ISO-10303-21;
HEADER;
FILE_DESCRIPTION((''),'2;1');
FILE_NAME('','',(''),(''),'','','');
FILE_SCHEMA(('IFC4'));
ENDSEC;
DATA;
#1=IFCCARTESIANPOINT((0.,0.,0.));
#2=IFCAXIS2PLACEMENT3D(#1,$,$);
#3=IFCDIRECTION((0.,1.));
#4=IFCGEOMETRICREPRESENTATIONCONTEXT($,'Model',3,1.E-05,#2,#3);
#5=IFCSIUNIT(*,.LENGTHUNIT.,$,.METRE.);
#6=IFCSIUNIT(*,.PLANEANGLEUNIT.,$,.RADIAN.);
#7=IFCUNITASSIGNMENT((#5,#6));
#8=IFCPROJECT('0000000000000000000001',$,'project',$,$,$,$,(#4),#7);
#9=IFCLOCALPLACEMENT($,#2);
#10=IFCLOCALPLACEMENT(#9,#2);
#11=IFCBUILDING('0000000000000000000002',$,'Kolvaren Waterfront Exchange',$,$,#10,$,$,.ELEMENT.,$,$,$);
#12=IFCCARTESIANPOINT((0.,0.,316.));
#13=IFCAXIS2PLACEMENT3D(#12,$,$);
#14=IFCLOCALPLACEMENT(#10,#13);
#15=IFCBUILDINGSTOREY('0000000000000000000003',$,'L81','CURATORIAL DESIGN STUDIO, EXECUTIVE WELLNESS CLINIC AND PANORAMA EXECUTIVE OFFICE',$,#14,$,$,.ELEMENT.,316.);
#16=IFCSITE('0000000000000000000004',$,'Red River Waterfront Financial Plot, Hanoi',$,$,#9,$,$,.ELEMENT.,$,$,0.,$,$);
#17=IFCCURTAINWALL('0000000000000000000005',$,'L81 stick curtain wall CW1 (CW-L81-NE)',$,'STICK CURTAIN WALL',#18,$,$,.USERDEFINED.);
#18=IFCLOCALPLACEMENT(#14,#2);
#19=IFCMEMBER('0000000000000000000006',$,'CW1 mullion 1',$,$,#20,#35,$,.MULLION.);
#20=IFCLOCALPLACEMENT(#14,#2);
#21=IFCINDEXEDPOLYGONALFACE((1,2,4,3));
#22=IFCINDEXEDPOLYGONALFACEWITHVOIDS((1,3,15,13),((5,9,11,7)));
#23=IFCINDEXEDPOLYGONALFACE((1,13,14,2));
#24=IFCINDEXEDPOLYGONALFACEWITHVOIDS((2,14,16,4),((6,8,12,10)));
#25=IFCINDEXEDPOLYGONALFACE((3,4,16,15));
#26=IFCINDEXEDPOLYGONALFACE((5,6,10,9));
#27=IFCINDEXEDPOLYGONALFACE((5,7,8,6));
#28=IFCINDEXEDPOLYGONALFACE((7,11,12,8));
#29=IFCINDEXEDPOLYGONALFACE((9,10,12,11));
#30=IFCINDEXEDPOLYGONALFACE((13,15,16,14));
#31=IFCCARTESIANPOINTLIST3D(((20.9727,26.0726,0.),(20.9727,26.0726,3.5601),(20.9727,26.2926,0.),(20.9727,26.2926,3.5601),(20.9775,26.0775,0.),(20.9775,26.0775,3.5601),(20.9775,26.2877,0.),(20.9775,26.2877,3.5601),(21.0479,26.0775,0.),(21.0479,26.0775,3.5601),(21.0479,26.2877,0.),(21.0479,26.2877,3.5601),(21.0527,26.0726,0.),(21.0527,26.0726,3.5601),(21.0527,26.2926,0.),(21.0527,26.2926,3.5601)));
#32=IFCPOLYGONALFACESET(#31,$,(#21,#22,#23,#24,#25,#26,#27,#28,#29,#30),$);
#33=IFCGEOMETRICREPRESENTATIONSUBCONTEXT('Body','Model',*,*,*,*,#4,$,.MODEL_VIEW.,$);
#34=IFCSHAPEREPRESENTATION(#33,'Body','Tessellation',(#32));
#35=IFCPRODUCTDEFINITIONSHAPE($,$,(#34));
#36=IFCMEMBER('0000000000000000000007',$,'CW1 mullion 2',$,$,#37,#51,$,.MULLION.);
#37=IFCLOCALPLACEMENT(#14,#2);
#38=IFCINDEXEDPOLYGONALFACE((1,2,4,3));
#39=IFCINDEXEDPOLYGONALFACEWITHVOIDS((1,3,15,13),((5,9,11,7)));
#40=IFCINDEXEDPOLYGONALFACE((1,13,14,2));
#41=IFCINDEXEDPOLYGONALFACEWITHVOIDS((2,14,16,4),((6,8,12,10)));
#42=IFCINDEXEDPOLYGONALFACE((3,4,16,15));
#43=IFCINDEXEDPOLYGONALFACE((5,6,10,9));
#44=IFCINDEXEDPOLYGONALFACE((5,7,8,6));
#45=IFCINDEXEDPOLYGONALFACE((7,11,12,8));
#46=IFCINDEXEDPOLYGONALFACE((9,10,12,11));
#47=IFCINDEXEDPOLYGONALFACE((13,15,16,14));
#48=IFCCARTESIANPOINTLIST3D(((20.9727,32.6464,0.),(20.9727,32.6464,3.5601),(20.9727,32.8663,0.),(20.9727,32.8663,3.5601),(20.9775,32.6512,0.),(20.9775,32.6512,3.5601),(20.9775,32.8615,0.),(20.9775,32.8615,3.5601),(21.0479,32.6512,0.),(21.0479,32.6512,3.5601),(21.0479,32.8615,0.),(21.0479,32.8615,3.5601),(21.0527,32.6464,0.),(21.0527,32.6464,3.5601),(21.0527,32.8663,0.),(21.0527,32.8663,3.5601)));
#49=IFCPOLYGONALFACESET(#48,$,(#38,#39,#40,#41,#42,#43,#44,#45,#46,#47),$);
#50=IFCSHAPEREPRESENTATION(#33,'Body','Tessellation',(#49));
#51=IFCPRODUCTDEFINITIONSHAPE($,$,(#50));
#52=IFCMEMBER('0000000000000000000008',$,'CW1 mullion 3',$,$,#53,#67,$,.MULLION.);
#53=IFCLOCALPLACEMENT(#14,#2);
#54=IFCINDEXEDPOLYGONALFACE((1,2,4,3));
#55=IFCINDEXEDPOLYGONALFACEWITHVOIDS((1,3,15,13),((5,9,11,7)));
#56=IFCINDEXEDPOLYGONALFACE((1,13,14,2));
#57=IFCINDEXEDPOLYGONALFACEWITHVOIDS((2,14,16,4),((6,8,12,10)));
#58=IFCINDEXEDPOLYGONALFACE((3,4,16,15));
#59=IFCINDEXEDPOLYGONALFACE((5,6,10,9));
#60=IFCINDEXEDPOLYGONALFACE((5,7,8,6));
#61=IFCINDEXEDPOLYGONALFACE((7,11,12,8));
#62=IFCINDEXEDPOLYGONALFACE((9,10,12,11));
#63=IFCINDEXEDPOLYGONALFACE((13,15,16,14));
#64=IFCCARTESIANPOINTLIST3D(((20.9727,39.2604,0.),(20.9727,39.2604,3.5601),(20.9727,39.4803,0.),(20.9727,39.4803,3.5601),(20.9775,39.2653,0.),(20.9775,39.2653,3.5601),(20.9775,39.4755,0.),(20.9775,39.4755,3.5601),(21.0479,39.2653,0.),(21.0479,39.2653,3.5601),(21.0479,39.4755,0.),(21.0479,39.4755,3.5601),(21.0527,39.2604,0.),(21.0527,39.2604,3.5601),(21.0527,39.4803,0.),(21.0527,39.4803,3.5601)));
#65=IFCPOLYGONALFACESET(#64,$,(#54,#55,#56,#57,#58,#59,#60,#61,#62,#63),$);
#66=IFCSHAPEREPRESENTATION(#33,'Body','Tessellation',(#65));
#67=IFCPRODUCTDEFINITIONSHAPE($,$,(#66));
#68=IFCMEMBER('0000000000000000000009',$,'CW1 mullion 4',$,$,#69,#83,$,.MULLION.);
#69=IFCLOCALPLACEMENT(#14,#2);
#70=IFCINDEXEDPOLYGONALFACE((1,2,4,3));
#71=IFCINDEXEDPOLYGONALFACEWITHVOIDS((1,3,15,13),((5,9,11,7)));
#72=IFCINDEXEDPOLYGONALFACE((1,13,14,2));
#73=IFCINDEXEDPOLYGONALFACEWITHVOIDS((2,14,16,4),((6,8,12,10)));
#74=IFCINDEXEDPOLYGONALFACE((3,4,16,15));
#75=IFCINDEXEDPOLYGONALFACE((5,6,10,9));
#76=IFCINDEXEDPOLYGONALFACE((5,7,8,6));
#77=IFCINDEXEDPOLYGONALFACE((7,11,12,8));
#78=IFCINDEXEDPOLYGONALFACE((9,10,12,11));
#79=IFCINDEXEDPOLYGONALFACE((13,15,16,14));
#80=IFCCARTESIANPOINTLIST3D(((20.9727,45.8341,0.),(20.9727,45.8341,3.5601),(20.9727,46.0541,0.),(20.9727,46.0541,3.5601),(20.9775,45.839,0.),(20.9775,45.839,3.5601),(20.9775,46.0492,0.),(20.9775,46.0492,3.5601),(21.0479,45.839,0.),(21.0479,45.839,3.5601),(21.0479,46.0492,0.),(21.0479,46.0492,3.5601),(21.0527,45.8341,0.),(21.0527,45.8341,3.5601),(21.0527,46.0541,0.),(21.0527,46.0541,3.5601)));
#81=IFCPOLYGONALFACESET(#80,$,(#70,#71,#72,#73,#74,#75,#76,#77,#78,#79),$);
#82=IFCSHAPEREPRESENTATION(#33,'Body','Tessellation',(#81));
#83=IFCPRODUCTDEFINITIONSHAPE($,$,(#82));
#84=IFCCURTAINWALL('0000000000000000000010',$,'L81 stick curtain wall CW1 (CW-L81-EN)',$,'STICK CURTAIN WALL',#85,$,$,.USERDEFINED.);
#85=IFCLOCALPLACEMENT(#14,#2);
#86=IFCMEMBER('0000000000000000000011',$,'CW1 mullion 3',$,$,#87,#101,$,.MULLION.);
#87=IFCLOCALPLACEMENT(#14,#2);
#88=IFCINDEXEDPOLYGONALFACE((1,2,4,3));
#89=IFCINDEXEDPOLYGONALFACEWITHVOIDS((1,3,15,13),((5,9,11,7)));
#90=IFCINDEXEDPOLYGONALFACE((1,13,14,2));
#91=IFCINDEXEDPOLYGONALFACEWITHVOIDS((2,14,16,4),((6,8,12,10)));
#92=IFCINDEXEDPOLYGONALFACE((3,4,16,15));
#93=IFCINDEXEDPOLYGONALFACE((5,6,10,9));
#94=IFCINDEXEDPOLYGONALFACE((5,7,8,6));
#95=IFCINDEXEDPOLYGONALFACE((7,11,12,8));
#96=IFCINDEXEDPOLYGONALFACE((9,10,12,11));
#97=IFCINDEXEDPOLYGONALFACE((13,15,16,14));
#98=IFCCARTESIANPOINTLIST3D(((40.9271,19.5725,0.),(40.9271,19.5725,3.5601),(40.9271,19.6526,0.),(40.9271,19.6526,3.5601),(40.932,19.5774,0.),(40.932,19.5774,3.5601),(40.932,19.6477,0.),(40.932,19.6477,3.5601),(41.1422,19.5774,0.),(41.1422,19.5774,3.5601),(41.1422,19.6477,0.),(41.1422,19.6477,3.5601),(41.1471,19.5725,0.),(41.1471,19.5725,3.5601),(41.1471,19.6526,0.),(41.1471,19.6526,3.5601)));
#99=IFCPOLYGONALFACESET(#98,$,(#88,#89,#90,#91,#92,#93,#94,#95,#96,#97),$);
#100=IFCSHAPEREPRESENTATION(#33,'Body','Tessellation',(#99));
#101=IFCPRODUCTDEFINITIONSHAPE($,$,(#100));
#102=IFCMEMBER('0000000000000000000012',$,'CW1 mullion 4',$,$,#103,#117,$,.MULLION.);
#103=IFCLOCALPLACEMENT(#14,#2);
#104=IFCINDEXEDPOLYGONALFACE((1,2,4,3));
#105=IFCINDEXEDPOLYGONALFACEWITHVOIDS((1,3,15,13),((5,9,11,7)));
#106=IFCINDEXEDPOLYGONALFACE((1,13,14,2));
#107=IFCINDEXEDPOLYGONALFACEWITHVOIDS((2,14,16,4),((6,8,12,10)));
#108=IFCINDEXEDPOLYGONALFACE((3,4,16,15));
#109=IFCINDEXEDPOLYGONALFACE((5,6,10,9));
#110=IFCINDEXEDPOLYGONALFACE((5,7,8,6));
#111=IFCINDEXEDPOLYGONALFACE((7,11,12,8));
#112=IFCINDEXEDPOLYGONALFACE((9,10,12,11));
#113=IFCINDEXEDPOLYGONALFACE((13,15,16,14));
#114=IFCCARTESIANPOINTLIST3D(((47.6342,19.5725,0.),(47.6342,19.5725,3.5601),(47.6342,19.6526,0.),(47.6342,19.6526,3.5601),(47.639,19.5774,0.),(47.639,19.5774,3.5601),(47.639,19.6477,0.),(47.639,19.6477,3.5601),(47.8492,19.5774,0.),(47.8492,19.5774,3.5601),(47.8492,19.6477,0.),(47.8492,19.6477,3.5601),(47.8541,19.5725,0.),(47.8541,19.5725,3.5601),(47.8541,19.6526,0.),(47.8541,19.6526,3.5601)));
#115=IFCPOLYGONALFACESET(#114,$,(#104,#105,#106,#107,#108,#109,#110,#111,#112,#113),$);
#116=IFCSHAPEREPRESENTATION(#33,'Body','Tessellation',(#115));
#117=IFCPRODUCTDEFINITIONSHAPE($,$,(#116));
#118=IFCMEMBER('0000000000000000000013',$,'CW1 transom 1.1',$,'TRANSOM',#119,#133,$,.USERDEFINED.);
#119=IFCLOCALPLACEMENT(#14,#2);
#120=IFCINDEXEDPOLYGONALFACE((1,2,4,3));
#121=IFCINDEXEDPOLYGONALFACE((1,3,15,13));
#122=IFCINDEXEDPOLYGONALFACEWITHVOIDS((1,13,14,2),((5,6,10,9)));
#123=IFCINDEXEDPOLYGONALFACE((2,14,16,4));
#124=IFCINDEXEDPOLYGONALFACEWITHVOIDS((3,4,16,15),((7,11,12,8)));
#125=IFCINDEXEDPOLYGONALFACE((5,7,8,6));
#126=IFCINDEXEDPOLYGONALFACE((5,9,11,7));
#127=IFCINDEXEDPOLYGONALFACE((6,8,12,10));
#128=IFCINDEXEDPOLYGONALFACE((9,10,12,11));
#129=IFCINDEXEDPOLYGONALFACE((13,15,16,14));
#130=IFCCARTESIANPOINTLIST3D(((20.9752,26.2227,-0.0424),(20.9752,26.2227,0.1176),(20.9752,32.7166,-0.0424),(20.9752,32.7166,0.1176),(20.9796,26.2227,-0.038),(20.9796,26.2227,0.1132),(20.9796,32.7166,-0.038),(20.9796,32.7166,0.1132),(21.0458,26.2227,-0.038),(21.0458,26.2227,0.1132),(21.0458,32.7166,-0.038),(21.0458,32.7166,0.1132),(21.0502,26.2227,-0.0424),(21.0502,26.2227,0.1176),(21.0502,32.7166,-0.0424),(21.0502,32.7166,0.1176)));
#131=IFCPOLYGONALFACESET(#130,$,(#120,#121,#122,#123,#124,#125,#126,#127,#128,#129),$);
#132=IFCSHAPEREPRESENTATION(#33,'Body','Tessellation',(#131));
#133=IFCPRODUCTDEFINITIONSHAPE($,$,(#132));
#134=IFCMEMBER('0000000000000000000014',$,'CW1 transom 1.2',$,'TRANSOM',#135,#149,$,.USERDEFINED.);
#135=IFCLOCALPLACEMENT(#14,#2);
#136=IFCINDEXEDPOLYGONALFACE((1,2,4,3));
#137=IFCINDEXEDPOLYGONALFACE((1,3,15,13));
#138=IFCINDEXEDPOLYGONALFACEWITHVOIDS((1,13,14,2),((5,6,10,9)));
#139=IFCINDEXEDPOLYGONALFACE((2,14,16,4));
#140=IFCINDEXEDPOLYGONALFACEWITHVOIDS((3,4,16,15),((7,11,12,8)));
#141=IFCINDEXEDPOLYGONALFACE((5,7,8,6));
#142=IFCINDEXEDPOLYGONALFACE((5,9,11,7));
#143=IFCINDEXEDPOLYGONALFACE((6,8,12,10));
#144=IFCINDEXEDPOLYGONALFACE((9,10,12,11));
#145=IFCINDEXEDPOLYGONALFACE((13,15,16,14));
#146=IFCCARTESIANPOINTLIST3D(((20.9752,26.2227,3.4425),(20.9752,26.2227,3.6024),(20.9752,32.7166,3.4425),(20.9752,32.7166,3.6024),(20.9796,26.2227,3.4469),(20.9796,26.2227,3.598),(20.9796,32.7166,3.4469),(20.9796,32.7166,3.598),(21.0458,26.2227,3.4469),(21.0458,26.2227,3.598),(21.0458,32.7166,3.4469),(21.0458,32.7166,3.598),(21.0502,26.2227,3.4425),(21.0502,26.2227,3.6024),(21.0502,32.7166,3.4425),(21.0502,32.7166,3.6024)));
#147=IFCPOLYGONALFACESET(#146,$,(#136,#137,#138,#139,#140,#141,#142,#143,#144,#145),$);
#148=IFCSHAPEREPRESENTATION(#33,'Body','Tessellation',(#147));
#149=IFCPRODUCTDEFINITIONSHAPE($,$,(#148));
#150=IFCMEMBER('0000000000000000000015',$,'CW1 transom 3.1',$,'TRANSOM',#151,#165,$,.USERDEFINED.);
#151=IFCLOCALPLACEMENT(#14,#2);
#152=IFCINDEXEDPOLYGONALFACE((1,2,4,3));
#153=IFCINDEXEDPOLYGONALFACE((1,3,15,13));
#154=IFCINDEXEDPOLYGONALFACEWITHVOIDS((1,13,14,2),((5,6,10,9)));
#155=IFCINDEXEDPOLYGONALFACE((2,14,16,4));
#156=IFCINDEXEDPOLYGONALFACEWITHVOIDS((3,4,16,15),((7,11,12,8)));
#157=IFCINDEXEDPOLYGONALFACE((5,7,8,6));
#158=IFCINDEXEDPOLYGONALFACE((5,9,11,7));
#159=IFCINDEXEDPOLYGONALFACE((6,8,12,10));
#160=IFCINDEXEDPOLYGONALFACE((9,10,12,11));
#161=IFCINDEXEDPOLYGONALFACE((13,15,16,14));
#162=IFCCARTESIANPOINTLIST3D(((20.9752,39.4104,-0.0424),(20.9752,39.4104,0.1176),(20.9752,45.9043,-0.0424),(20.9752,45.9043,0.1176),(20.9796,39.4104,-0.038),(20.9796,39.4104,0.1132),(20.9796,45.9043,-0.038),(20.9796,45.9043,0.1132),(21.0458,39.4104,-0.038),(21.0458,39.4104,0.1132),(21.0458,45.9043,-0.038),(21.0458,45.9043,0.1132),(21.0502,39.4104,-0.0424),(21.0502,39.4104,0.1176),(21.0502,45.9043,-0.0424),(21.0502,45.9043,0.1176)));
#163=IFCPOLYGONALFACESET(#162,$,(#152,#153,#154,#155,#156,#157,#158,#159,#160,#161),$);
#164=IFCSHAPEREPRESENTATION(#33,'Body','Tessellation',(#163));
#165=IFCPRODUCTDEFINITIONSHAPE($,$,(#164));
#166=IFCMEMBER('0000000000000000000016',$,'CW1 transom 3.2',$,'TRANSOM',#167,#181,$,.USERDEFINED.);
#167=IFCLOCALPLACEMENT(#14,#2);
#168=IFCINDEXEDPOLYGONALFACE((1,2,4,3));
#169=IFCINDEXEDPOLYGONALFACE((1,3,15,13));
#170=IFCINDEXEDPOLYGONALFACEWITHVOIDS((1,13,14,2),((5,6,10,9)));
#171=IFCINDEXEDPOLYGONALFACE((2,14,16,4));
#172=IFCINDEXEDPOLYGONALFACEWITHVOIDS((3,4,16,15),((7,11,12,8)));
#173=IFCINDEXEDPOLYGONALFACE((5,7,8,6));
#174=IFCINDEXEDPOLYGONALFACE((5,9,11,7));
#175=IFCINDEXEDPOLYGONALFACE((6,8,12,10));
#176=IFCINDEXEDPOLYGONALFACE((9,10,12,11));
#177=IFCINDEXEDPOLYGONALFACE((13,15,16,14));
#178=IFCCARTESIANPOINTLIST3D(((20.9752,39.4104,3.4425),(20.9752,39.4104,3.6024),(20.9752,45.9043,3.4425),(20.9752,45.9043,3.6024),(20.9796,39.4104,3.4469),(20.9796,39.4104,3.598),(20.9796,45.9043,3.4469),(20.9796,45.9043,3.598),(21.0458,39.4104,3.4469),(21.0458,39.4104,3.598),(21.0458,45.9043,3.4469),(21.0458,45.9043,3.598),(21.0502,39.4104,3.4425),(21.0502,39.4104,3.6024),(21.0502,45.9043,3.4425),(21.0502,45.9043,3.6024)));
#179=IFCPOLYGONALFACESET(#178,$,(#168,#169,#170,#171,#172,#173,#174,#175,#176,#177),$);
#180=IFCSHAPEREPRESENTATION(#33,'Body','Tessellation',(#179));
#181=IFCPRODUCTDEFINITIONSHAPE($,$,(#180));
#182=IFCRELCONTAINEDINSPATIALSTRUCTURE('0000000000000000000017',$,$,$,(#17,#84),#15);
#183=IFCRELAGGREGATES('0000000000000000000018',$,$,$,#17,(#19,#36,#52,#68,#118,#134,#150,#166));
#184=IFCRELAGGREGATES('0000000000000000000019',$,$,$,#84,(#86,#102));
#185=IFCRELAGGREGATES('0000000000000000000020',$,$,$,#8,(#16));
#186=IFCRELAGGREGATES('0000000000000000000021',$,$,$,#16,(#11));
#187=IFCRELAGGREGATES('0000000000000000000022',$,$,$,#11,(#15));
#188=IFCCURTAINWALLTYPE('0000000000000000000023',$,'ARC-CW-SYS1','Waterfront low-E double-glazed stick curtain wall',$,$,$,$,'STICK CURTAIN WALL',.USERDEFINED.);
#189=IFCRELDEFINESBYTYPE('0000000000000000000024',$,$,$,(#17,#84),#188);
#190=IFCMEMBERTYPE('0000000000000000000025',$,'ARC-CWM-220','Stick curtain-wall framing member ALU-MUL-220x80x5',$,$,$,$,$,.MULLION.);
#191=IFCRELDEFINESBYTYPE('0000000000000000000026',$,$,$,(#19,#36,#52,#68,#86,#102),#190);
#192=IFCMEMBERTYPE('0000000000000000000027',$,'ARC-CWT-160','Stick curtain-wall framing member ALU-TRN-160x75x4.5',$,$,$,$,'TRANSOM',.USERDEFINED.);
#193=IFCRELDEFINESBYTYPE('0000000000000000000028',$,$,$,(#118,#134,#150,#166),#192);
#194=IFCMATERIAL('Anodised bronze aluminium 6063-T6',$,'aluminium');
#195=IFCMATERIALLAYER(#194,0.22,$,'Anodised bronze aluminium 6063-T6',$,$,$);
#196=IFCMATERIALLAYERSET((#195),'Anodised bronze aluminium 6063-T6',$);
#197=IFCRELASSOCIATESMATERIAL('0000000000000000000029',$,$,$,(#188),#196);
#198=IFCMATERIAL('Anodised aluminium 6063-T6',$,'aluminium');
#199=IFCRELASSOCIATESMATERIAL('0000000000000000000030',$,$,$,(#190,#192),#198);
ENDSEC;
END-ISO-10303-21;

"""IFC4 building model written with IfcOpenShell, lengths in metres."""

from ifc_helpers import new_model, si_unit, direction, frame, origin, origin_with_axes, origin_2d, place, context, subcontext, project, spatial, hollow_rectangle, extrude, source, transform, mapped, material, layer, layer_set, material_profile, profile_set, type_object, element, aggregate, save


model = new_model("IFC4")

# Units and contexts
model_context = context("Model", 3, precision=1e-05, world=origin(), true_north=direction((0.0, 1.0)))
body_context = subcontext(model_context, "Body", "Model", "MODEL_VIEW")
ifc_project = project(units=[si_unit("LENGTHUNIT", "METRE"), si_unit("PLANEANGLEUNIT", "RADIAN")], contexts=[model_context])

# Site, building, storey
site_placement = place(None, origin())
site = spatial("IfcSite", under=ifc_project, at=site_placement, Name="Red River Waterfront Financial Plot, Hanoi", CompositionType="ELEMENT", RefElevation=0.0)
building_placement = place(site_placement, origin())
building = spatial("IfcBuilding", under=site, at=building_placement, Name="Kolvaren Waterfront Exchange", CompositionType="ELEMENT")
storey_placement = place(building_placement, frame((0.0, 0.0, 316.0)))
storey = spatial("IfcBuildingStorey", under=building, at=storey_placement, Name="L81", Description="CURATORIAL DESIGN STUDIO, EXECUTIVE WELLNESS CLINIC AND PANORAMA EXECUTIVE OFFICE", CompositionType="ELEMENT", Elevation=316.0)

# Curtain walls, members
ifc_material_1 = material(Name="Anodised bronze aluminium 6063-T6", Category="aluminium")
ifc_layer_1 = layer(ifc_material_1, 0.22, Name="Anodised bronze aluminium 6063-T6")
ifc_layer_set_1 = layer_set([ifc_layer_1], Name="Anodised bronze aluminium 6063-T6")
curtain_wall_type = type_object("IfcCurtainWallType", Name="ARC-CW-SYS1", Description="Waterfront low-E double-glazed stick curtain wall", ElementType="STICK CURTAIN WALL", PredefinedType="USERDEFINED", material=ifc_layer_set_1)
curtain_wall_1_placement = place(storey_placement, origin())
curtain_wall_1 = element("IfcCurtainWall", 1, at=curtain_wall_1_placement, inside=storey, type_object=curtain_wall_type, Name="L81 stick curtain wall CW1 (CW-L81-NE)", ObjectType="STICK CURTAIN WALL", PredefinedType="USERDEFINED")
ifc_material_2 = material(Name="Anodised aluminium 6063-T6", Category="aluminium")
ifc_material_profile_1 = material_profile(ifc_material_2, hollow_rectangle(XDim=0.0801, YDim=0.22, WallThickness=0.0049, at=origin_2d()), Name="ALU-MUL-220x80x5")
ifc_profile_set_1 = profile_set([ifc_material_profile_1], Name="Anodised aluminium 6063-T6")
member_type_1 = type_object("IfcMemberType", Name="ARC-CWM-220", Description="Stick curtain-wall framing member ALU-MUL-220x80x5", PredefinedType="MULLION", material=ifc_profile_set_1)
shared_shape_1 = source(origin_with_axes(), body_context, "Body", "SweptSolid", [
    extrude(hollow_rectangle(XDim=0.0801, YDim=0.22, WallThickness=0.0049, at=origin_2d()), origin(), (0.0, 0.0, 1.0), 3.5601),
])
member_1_placement = place(storey_placement, frame((21.0127, 26.1826, 0.0), z_axis=(0.0, 0.0, 1.0), x_axis=(-1.0, 0.0, 0.0)))
member_1 = element("IfcMember", 2, at=member_1_placement, type_object=member_type_1, Name="CW1 mullion 1", PredefinedType="MULLION", context=body_context, shape_type="MappedRepresentation", body=[
    mapped(shared_shape_1, transform((0.0, 0.0, 0.0), x_axis=(1.0, 0.0, 0.0), y_axis=(0.0, 1.0, 0.0), z_axis=(0.0, 0.0, 1.0), scale=1.0)),
])
member_2_placement = place(storey_placement, frame((21.0127, 32.7563, 0.0), z_axis=(0.0, 0.0, 1.0), x_axis=(-1.0, 0.0, 0.0)))
member_2 = element("IfcMember", 3, at=member_2_placement, type_object=member_type_1, Name="CW1 mullion 2", PredefinedType="MULLION", context=body_context, shape_type="MappedRepresentation", body=[
    mapped(shared_shape_1, transform((0.0, 0.0, 0.0), x_axis=(1.0, 0.0, 0.0), y_axis=(0.0, 1.0, 0.0), z_axis=(0.0, 0.0, 1.0), scale=1.0)),
])
member_3_placement = place(storey_placement, frame((21.0127, 39.3704, 0.0), z_axis=(0.0, 0.0, 1.0), x_axis=(-1.0, 0.0, 0.0)))
member_3 = element("IfcMember", 4, at=member_3_placement, type_object=member_type_1, Name="CW1 mullion 3", PredefinedType="MULLION", context=body_context, shape_type="MappedRepresentation", body=[
    mapped(shared_shape_1, transform((0.0, 0.0, 0.0), x_axis=(1.0, 0.0, 0.0), y_axis=(0.0, 1.0, 0.0), z_axis=(0.0, 0.0, 1.0), scale=1.0)),
])
member_4_placement = place(storey_placement, frame((21.0127, 45.9441, 0.0), z_axis=(0.0, 0.0, 1.0), x_axis=(-1.0, 0.0, 0.0)))
member_4 = element("IfcMember", 5, at=member_4_placement, type_object=member_type_1, Name="CW1 mullion 4", PredefinedType="MULLION", context=body_context, shape_type="MappedRepresentation", body=[
    mapped(shared_shape_1, transform((0.0, 0.0, 0.0), x_axis=(1.0, 0.0, 0.0), y_axis=(0.0, 1.0, 0.0), z_axis=(0.0, 0.0, 1.0), scale=1.0)),
])
curtain_wall_2_placement = place(storey_placement, origin())
curtain_wall_2 = element("IfcCurtainWall", 6, at=curtain_wall_2_placement, inside=storey, type_object=curtain_wall_type, Name="L81 stick curtain wall CW1 (CW-L81-EN)", ObjectType="STICK CURTAIN WALL", PredefinedType="USERDEFINED")
member_5_placement = place(storey_placement, frame((41.0371, 19.6125, 0.0), z_axis=(0.0, 0.0, 1.0), x_axis=(0.0, 1.0, 0.0)))
member_5 = element("IfcMember", 7, at=member_5_placement, type_object=member_type_1, Name="CW1 mullion 3", PredefinedType="MULLION", context=body_context, shape_type="MappedRepresentation", body=[
    mapped(shared_shape_1, transform((0.0, 0.0, 0.0), x_axis=(1.0, 0.0, 0.0), y_axis=(0.0, 1.0, 0.0), z_axis=(0.0, 0.0, 1.0), scale=1.0)),
])
member_6_placement = place(storey_placement, frame((47.7441, 19.6125, 0.0), z_axis=(0.0, 0.0, 1.0), x_axis=(0.0, 1.0, 0.0)))
member_6 = element("IfcMember", 8, at=member_6_placement, type_object=member_type_1, Name="CW1 mullion 4", PredefinedType="MULLION", context=body_context, shape_type="MappedRepresentation", body=[
    mapped(shared_shape_1, transform((0.0, 0.0, 0.0), x_axis=(1.0, 0.0, 0.0), y_axis=(0.0, 1.0, 0.0), z_axis=(0.0, 0.0, 1.0), scale=1.0)),
])

# Members
ifc_material_profile_2 = material_profile(ifc_material_2, hollow_rectangle(XDim=0.075, YDim=0.1599, WallThickness=0.0044, at=origin_2d()), Name="ALU-TRN-160x75x4.5")
ifc_profile_set_2 = profile_set([ifc_material_profile_2], Name="Anodised aluminium 6063-T6")
member_type_2 = type_object("IfcMemberType", Name="ARC-CWT-160", Description="Stick curtain-wall framing member ALU-TRN-160x75x4.5", ElementType="TRANSOM", PredefinedType="USERDEFINED", material=ifc_profile_set_2)
shared_shape_2 = source(origin_with_axes(), body_context, "Body", "SweptSolid", [
    extrude(hollow_rectangle(XDim=0.075, YDim=0.1599, WallThickness=0.0044, at=origin_2d()), origin(), (0.0, 0.0, 1.0), 6.4939),
])
member_7_placement = place(storey_placement, frame((21.0127, 26.2227, 0.0376), z_axis=(0.0, 1.0, 0.0), x_axis=(-1.0, 0.0, 0.0)))
member_7 = element("IfcMember", 9, at=member_7_placement, type_object=member_type_2, Name="CW1 transom 1.1", ObjectType="TRANSOM", PredefinedType="USERDEFINED", context=body_context, shape_type="MappedRepresentation", body=[
    mapped(shared_shape_2, transform((0.0, 0.0, 0.0), x_axis=(1.0, 0.0, 0.0), y_axis=(0.0, 1.0, 0.0), z_axis=(0.0, 0.0, 1.0), scale=1.0)),
])
member_8_placement = place(storey_placement, frame((21.0127, 26.2227, 3.5225), z_axis=(0.0, 1.0, 0.0), x_axis=(-1.0, 0.0, 0.0)))
member_8 = element("IfcMember", 10, at=member_8_placement, type_object=member_type_2, Name="CW1 transom 1.2", ObjectType="TRANSOM", PredefinedType="USERDEFINED", context=body_context, shape_type="MappedRepresentation", body=[
    mapped(shared_shape_2, transform((0.0, 0.0, 0.0), x_axis=(1.0, 0.0, 0.0), y_axis=(0.0, 1.0, 0.0), z_axis=(0.0, 0.0, 1.0), scale=1.0)),
])
member_9_placement = place(storey_placement, frame((21.0127, 39.4104, 0.0376), z_axis=(0.0, 1.0, 0.0), x_axis=(-1.0, 0.0, 0.0)))
member_9 = element("IfcMember", 11, at=member_9_placement, type_object=member_type_2, Name="CW1 transom 3.1", ObjectType="TRANSOM", PredefinedType="USERDEFINED", context=body_context, shape_type="MappedRepresentation", body=[
    mapped(shared_shape_2, transform((0.0, 0.0, 0.0), x_axis=(1.0, 0.0, 0.0), y_axis=(0.0, 1.0, 0.0), z_axis=(0.0, 0.0, 1.0), scale=1.0)),
])
member_10_placement = place(storey_placement, frame((21.0127, 39.4104, 3.5225), z_axis=(0.0, 1.0, 0.0), x_axis=(-1.0, 0.0, 0.0)))
member_10 = element("IfcMember", 12, at=member_10_placement, type_object=member_type_2, Name="CW1 transom 3.2", ObjectType="TRANSOM", PredefinedType="USERDEFINED", context=body_context, shape_type="MappedRepresentation", body=[
    mapped(shared_shape_2, transform((0.0, 0.0, 0.0), x_axis=(1.0, 0.0, 0.0), y_axis=(0.0, 1.0, 0.0), z_axis=(0.0, 0.0, 1.0), scale=1.0)),
])

aggregate(curtain_wall_1, [member_1, member_2, member_3, member_4, member_7, member_8, member_9, member_10])
aggregate(curtain_wall_2, [member_5, member_6])

save(model, "model.ifc")
